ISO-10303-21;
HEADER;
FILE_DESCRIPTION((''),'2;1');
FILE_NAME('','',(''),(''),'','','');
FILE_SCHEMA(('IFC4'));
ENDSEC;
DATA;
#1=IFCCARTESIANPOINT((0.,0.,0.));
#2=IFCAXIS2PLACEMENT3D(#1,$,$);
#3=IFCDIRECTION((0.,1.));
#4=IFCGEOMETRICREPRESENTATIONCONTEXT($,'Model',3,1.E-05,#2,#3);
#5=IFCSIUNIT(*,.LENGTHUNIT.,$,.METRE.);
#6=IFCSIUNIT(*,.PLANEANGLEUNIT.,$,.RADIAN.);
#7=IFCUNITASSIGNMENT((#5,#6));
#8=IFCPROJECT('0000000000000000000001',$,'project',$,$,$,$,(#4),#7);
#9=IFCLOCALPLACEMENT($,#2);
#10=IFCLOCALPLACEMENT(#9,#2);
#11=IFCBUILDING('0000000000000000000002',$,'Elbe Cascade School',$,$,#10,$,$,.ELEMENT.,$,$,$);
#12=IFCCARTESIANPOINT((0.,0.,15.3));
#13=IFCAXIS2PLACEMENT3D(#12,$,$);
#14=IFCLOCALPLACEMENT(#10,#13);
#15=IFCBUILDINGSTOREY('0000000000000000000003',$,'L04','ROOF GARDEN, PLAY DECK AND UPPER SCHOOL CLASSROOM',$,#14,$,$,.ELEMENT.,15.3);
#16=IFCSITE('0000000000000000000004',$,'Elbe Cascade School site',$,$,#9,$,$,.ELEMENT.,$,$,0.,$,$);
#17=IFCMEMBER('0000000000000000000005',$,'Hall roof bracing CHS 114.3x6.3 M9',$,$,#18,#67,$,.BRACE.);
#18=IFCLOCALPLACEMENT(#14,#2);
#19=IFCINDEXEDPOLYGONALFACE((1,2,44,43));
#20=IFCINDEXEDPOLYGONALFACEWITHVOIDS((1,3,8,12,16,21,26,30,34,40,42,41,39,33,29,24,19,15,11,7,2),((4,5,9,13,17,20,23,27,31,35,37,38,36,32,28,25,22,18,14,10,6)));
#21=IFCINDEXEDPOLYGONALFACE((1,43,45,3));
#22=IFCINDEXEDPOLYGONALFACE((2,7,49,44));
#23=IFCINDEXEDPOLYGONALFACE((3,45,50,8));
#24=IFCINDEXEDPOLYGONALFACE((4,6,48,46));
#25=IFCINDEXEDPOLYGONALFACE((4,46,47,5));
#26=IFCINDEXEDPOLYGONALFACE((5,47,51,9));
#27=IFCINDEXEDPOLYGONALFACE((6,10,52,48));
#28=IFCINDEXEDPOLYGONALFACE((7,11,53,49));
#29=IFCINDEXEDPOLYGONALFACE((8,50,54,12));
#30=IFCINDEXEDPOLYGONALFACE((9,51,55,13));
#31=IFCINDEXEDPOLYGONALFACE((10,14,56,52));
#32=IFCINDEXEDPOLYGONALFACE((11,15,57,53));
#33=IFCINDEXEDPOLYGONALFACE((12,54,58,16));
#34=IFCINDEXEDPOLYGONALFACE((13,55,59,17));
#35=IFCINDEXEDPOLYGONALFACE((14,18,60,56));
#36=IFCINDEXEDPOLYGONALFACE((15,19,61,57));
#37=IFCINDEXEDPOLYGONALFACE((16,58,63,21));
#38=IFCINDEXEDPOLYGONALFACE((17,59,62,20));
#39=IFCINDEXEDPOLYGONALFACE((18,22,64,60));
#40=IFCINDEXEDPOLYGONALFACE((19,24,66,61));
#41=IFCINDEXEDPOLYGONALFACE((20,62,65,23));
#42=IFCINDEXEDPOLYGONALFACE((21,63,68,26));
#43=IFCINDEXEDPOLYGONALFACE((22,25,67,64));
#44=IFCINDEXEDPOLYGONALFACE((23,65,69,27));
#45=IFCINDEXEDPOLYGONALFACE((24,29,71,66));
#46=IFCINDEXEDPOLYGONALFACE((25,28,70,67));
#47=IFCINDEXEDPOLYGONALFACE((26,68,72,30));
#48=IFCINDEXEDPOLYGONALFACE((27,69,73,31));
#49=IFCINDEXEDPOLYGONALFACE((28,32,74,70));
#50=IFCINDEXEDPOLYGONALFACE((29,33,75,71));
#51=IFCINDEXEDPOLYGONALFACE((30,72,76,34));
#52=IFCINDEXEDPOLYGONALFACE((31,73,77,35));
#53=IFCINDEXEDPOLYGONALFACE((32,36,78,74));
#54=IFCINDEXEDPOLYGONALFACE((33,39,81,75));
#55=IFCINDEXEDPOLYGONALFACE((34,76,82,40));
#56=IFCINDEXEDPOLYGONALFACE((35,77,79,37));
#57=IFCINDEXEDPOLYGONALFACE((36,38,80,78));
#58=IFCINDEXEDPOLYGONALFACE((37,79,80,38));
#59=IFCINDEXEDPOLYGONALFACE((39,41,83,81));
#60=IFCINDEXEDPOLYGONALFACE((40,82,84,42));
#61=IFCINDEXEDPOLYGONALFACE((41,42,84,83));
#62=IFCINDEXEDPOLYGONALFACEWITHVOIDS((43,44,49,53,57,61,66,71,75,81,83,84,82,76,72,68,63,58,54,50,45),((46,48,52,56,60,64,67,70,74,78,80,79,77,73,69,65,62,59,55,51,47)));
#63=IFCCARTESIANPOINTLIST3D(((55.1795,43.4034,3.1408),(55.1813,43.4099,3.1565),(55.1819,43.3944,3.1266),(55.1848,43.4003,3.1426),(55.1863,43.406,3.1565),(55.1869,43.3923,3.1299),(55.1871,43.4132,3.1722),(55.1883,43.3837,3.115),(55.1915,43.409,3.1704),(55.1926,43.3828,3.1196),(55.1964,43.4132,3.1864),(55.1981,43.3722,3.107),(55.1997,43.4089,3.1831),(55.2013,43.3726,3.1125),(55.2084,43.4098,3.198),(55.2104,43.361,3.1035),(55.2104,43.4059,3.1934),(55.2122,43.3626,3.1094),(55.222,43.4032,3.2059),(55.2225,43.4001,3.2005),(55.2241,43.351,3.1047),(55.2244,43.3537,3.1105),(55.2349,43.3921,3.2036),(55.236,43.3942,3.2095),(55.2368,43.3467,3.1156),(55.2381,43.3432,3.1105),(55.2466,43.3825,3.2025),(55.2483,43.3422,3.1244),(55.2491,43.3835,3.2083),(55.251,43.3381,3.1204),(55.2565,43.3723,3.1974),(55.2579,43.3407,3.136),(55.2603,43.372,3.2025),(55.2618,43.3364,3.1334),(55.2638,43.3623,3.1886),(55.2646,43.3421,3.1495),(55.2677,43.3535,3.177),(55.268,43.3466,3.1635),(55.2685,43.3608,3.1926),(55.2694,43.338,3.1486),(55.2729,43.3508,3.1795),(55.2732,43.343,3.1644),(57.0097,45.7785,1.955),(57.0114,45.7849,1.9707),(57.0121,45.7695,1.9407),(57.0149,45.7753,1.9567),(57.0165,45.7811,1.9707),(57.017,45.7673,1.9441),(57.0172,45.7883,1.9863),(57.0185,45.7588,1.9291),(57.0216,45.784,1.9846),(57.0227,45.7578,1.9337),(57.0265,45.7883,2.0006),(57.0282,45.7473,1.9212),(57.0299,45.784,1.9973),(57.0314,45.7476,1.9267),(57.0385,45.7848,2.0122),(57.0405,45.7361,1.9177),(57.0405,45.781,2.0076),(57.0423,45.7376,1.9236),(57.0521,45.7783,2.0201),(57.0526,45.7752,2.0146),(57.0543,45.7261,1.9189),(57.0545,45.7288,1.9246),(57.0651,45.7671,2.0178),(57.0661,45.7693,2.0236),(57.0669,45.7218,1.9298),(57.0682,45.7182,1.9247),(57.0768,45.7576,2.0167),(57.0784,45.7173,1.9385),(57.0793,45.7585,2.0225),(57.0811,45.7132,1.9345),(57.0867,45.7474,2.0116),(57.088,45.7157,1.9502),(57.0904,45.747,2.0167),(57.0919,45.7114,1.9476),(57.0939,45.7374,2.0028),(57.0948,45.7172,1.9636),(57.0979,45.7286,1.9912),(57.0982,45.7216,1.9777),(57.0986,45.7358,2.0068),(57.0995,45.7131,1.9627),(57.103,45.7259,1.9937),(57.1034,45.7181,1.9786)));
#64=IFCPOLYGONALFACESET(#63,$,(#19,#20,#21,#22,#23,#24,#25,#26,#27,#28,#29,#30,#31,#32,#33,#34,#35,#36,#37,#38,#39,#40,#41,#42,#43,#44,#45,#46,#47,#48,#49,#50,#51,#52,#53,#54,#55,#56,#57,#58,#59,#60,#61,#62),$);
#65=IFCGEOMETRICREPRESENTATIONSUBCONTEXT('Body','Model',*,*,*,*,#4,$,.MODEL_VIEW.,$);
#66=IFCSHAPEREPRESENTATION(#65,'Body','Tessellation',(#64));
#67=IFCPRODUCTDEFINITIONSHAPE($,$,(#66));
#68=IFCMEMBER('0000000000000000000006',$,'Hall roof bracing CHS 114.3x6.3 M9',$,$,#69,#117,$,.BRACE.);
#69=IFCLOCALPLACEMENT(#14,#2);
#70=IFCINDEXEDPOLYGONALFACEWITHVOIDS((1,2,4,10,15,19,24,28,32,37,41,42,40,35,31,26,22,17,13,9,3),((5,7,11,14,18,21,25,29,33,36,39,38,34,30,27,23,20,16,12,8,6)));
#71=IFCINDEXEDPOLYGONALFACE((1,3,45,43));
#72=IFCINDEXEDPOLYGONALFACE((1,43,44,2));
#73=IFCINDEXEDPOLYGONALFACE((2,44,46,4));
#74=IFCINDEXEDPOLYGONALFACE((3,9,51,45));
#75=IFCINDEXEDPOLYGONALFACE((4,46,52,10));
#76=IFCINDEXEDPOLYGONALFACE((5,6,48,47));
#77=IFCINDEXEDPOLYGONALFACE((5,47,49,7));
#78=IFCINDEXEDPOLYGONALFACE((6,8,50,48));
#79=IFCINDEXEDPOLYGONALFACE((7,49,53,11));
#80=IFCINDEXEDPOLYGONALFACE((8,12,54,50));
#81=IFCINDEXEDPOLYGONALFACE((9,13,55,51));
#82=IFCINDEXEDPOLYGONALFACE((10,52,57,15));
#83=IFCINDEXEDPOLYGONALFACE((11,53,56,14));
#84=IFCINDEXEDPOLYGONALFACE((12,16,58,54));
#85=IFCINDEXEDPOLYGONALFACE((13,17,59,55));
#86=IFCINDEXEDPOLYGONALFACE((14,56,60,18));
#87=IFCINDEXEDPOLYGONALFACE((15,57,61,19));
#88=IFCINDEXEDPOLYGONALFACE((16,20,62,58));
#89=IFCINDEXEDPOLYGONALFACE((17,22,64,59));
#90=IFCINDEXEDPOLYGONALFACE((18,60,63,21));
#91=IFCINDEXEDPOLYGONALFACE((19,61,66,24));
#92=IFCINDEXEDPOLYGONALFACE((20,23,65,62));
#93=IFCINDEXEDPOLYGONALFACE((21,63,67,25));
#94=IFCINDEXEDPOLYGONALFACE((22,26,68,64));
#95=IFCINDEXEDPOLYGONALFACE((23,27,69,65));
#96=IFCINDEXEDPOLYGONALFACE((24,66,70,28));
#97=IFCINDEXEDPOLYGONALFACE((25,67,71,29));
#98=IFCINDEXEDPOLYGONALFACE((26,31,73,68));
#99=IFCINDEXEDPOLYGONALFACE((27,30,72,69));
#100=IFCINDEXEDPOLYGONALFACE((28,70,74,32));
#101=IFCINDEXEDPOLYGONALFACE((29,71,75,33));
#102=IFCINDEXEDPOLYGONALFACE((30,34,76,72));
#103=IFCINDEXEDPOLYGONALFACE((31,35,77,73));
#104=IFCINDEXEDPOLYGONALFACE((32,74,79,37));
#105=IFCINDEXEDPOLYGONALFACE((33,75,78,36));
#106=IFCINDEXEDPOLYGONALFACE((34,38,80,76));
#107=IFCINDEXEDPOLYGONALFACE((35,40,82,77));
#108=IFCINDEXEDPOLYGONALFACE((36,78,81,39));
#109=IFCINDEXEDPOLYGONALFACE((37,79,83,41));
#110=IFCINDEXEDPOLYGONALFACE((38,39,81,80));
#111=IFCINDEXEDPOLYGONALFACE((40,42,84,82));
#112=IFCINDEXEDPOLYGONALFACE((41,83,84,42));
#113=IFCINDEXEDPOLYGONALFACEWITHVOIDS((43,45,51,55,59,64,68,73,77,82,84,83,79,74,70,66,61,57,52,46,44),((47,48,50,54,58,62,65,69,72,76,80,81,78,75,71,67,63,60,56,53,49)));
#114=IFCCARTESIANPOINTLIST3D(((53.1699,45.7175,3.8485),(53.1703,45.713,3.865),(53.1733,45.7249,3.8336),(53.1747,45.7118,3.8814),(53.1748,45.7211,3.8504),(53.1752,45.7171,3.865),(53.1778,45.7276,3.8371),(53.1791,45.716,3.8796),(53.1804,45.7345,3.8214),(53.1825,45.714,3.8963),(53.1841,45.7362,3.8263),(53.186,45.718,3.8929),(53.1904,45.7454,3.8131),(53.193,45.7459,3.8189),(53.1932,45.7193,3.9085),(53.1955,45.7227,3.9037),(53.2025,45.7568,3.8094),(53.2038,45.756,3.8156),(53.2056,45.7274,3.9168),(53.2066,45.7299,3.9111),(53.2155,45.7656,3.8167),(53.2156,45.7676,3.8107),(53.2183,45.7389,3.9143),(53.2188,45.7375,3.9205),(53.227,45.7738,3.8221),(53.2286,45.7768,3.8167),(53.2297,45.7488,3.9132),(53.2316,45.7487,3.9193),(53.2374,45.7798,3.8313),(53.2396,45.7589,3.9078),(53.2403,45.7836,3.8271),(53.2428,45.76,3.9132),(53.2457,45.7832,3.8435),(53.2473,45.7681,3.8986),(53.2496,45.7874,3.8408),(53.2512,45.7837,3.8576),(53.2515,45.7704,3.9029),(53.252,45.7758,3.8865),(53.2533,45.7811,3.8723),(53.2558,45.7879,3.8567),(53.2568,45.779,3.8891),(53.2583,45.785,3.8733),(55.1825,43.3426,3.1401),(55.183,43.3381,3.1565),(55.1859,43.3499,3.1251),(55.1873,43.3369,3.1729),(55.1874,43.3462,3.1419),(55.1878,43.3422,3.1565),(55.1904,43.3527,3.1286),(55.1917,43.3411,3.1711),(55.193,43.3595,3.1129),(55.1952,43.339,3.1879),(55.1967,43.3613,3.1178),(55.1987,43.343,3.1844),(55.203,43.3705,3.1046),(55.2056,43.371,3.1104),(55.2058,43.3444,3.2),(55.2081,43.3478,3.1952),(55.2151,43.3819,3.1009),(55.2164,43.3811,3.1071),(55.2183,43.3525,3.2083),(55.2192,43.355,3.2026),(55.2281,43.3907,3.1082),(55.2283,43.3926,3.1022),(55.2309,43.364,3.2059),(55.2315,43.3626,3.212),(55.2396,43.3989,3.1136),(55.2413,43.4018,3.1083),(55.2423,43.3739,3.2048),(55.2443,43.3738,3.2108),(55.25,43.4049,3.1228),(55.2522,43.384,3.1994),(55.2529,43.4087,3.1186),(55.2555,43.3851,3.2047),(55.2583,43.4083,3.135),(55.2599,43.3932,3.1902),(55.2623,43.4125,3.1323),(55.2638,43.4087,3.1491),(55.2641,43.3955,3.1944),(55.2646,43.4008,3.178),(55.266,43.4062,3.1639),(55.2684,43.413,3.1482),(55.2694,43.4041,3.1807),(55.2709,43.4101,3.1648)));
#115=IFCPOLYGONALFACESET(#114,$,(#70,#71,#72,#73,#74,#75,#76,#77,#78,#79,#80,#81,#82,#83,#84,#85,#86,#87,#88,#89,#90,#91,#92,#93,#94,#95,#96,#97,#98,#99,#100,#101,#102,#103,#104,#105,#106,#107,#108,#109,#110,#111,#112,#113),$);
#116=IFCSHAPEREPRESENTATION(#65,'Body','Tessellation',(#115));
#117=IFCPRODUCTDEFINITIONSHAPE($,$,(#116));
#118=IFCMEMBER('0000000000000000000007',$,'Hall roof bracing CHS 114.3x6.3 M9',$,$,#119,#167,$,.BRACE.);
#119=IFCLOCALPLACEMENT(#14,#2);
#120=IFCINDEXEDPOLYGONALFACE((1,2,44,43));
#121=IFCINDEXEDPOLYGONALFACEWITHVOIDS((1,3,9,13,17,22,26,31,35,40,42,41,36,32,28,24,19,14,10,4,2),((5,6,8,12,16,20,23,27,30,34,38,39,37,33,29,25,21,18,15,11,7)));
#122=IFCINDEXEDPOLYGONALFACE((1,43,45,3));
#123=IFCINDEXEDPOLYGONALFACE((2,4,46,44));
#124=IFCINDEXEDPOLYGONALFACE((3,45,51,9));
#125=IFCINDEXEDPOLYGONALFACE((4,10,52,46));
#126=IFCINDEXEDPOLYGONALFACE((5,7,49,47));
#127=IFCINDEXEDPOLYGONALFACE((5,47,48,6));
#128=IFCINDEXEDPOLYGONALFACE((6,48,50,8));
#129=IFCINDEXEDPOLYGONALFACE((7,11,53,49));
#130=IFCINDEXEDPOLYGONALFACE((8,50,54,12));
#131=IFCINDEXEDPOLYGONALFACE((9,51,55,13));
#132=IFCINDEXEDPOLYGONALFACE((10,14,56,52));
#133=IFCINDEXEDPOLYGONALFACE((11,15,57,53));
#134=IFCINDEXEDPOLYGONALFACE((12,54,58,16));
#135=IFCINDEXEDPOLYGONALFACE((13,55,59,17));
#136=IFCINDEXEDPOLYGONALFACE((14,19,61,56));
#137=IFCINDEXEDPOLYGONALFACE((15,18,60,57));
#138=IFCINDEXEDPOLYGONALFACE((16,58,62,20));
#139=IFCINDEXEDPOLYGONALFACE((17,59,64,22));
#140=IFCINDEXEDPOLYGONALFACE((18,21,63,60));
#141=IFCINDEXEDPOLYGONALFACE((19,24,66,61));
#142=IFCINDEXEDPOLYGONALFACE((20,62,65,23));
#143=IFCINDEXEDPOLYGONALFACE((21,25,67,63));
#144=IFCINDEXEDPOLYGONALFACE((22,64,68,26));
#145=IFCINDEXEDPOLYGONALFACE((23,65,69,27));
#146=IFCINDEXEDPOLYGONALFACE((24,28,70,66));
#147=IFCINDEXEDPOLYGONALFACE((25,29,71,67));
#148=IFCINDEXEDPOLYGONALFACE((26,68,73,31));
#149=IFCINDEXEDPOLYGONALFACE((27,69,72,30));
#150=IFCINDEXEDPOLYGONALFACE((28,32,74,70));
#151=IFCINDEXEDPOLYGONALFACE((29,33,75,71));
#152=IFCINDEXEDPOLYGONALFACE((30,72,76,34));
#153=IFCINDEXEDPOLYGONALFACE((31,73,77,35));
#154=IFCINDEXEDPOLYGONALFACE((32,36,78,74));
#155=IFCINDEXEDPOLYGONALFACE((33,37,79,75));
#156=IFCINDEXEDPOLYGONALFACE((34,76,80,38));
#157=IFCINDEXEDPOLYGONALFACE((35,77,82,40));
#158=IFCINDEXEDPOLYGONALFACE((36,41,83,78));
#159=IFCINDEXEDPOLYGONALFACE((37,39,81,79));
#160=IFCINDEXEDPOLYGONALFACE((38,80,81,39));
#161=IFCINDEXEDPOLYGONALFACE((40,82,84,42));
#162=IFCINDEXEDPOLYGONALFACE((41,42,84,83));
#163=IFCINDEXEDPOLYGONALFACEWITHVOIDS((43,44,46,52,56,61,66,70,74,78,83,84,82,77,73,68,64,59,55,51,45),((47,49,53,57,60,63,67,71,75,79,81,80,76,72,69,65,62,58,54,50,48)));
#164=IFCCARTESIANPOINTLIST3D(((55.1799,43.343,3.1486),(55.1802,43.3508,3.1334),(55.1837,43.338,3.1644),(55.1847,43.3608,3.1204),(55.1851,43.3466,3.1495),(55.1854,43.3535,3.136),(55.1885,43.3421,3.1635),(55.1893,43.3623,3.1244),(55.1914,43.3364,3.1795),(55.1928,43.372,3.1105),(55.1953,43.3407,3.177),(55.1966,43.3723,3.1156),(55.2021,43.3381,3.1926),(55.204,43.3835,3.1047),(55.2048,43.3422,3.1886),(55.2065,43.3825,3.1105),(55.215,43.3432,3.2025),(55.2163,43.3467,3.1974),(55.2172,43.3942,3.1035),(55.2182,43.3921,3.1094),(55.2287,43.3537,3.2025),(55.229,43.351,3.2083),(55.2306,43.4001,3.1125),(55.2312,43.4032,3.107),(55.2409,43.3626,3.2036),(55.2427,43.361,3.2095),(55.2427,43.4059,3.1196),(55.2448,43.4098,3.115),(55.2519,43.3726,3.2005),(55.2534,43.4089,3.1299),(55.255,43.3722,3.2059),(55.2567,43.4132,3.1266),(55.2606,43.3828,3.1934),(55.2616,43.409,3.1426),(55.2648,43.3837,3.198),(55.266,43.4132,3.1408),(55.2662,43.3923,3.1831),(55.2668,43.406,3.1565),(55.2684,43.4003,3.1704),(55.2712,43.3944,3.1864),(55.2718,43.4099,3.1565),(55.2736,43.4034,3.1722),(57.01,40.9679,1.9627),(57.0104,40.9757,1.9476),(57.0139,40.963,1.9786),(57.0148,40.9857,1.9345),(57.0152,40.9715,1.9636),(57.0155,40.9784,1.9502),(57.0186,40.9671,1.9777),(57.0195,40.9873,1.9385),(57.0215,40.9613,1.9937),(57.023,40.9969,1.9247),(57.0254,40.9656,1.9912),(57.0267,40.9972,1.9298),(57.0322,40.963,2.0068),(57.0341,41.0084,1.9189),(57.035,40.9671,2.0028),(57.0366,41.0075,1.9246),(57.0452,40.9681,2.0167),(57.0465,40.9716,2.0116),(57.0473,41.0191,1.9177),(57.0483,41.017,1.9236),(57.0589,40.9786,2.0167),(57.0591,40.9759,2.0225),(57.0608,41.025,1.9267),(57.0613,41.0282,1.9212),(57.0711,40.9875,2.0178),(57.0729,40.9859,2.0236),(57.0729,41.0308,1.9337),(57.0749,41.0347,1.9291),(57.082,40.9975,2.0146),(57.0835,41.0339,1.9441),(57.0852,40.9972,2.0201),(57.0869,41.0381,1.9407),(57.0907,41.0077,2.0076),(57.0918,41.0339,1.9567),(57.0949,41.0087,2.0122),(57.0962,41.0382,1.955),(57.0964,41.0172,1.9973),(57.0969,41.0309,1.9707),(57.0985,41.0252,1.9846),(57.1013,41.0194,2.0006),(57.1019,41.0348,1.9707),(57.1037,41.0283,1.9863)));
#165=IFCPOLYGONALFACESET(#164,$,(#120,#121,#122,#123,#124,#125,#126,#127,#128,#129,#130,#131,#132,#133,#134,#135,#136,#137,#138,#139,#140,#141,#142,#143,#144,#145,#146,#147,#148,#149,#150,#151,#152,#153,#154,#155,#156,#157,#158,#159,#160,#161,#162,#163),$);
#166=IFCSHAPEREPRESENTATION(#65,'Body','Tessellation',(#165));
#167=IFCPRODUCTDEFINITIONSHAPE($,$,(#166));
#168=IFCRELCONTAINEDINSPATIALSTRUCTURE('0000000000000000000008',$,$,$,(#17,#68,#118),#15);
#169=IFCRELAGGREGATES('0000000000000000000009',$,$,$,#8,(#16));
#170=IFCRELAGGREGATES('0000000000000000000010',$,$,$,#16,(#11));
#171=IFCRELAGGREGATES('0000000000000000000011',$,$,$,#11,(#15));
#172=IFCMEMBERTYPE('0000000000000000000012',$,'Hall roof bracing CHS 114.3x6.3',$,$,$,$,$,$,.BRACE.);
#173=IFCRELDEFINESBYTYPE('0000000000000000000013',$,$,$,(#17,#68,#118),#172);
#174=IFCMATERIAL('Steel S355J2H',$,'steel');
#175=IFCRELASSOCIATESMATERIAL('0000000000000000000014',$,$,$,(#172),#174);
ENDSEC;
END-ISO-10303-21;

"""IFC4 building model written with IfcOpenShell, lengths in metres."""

from ifc_helpers import new_model, si_unit, direction, frame, origin, origin_2d, place, context, subcontext, project, spatial, hollow_circle, extrude, material, material_profile, profile_set, type_object, element, save


model = new_model("IFC4")

# Units and contexts
model_context = context("Model", 3, precision=1e-05, world=origin(), true_north=direction((0.0, 1.0)))
body_context = subcontext(model_context, "Body", "Model", "MODEL_VIEW")
ifc_project = project(units=[si_unit("LENGTHUNIT", "METRE"), si_unit("PLANEANGLEUNIT", "RADIAN")], contexts=[model_context])

# Site, building, storey
site_placement = place(None, origin())
site = spatial("IfcSite", under=ifc_project, at=site_placement, Name="Elbe Cascade School site", CompositionType="ELEMENT", RefElevation=0.0)
building_placement = place(site_placement, origin())
building = spatial("IfcBuilding", under=site, at=building_placement, Name="Elbe Cascade School", CompositionType="ELEMENT")
storey_placement = place(building_placement, frame((0.0, 0.0, 15.3)))
storey = spatial("IfcBuildingStorey", under=building, at=storey_placement, Name="L04", Description="ROOF GARDEN, PLAY DECK AND UPPER SCHOOL CLASSROOM", CompositionType="ELEMENT", Elevation=15.3)

# Members
ifc_material_1 = material(Name="Steel S355J2H", Category="steel")
ifc_material_profile_1 = material_profile(ifc_material_1, hollow_circle(Radius=0.0571, WallThickness=0.0063, at=origin_2d()), Name="CHS 114.3x6.3")
ifc_profile_set_1 = profile_set([ifc_material_profile_1], Name="Steel S355J2H")
member_type_1 = type_object("IfcMemberType", Name="Hall roof bracing CHS 114.3x6.3", PredefinedType="BRACE", material=ifc_profile_set_1)
member_1_placement = place(storey_placement, frame((55.2266, 43.375, 3.1565), z_axis=(0.567595, 0.736601, -0.36777), x_axis=(-0.792115, 0.610372, 0.0)))
element("IfcMember", 1, at=member_1_placement, inside=storey, type_object=member_type_1, Name="Hall roof bracing CHS 114.3x6.3 M9", PredefinedType="BRACE", context=body_context, shape_type="SweptSolid", body=[
    extrude(hollow_circle(Radius=0.0571, WallThickness=0.0063, at=origin_2d()), origin(), (0.0, 0.0, 1.0), 3.2244),
])
member_2_placement = place(storey_placement, frame((55.2266, 43.375, 3.1565), z_axis=(-0.630399, 0.743877, 0.221909), x_axis=(-0.762898, -0.646519, 0.0)))
element("IfcMember", 2, at=member_2_placement, inside=storey, type_object=member_type_1, Name="Hall roof bracing CHS 114.3x6.3 M9", PredefinedType="BRACE", context=body_context, shape_type="SweptSolid", body=[
    extrude(hollow_circle(Radius=0.0571, WallThickness=0.0063, at=origin_2d()), origin(), (0.0, 0.0, 1.0), 3.1926),
])
member_3_placement = place(storey_placement, frame((55.2266, 43.375, 3.1565), z_axis=(0.567595, -0.736601, -0.36777), x_axis=(0.792115, 0.610372, 0.0)))
element("IfcMember", 3, at=member_3_placement, inside=storey, type_object=member_type_1, Name="Hall roof bracing CHS 114.3x6.3 M9", PredefinedType="BRACE", context=body_context, shape_type="SweptSolid", body=[
    extrude(hollow_circle(Radius=0.0571, WallThickness=0.0063, at=origin_2d()), origin(), (0.0, 0.0, 1.0), 3.2244),
])

save(model, "model.ifc")
